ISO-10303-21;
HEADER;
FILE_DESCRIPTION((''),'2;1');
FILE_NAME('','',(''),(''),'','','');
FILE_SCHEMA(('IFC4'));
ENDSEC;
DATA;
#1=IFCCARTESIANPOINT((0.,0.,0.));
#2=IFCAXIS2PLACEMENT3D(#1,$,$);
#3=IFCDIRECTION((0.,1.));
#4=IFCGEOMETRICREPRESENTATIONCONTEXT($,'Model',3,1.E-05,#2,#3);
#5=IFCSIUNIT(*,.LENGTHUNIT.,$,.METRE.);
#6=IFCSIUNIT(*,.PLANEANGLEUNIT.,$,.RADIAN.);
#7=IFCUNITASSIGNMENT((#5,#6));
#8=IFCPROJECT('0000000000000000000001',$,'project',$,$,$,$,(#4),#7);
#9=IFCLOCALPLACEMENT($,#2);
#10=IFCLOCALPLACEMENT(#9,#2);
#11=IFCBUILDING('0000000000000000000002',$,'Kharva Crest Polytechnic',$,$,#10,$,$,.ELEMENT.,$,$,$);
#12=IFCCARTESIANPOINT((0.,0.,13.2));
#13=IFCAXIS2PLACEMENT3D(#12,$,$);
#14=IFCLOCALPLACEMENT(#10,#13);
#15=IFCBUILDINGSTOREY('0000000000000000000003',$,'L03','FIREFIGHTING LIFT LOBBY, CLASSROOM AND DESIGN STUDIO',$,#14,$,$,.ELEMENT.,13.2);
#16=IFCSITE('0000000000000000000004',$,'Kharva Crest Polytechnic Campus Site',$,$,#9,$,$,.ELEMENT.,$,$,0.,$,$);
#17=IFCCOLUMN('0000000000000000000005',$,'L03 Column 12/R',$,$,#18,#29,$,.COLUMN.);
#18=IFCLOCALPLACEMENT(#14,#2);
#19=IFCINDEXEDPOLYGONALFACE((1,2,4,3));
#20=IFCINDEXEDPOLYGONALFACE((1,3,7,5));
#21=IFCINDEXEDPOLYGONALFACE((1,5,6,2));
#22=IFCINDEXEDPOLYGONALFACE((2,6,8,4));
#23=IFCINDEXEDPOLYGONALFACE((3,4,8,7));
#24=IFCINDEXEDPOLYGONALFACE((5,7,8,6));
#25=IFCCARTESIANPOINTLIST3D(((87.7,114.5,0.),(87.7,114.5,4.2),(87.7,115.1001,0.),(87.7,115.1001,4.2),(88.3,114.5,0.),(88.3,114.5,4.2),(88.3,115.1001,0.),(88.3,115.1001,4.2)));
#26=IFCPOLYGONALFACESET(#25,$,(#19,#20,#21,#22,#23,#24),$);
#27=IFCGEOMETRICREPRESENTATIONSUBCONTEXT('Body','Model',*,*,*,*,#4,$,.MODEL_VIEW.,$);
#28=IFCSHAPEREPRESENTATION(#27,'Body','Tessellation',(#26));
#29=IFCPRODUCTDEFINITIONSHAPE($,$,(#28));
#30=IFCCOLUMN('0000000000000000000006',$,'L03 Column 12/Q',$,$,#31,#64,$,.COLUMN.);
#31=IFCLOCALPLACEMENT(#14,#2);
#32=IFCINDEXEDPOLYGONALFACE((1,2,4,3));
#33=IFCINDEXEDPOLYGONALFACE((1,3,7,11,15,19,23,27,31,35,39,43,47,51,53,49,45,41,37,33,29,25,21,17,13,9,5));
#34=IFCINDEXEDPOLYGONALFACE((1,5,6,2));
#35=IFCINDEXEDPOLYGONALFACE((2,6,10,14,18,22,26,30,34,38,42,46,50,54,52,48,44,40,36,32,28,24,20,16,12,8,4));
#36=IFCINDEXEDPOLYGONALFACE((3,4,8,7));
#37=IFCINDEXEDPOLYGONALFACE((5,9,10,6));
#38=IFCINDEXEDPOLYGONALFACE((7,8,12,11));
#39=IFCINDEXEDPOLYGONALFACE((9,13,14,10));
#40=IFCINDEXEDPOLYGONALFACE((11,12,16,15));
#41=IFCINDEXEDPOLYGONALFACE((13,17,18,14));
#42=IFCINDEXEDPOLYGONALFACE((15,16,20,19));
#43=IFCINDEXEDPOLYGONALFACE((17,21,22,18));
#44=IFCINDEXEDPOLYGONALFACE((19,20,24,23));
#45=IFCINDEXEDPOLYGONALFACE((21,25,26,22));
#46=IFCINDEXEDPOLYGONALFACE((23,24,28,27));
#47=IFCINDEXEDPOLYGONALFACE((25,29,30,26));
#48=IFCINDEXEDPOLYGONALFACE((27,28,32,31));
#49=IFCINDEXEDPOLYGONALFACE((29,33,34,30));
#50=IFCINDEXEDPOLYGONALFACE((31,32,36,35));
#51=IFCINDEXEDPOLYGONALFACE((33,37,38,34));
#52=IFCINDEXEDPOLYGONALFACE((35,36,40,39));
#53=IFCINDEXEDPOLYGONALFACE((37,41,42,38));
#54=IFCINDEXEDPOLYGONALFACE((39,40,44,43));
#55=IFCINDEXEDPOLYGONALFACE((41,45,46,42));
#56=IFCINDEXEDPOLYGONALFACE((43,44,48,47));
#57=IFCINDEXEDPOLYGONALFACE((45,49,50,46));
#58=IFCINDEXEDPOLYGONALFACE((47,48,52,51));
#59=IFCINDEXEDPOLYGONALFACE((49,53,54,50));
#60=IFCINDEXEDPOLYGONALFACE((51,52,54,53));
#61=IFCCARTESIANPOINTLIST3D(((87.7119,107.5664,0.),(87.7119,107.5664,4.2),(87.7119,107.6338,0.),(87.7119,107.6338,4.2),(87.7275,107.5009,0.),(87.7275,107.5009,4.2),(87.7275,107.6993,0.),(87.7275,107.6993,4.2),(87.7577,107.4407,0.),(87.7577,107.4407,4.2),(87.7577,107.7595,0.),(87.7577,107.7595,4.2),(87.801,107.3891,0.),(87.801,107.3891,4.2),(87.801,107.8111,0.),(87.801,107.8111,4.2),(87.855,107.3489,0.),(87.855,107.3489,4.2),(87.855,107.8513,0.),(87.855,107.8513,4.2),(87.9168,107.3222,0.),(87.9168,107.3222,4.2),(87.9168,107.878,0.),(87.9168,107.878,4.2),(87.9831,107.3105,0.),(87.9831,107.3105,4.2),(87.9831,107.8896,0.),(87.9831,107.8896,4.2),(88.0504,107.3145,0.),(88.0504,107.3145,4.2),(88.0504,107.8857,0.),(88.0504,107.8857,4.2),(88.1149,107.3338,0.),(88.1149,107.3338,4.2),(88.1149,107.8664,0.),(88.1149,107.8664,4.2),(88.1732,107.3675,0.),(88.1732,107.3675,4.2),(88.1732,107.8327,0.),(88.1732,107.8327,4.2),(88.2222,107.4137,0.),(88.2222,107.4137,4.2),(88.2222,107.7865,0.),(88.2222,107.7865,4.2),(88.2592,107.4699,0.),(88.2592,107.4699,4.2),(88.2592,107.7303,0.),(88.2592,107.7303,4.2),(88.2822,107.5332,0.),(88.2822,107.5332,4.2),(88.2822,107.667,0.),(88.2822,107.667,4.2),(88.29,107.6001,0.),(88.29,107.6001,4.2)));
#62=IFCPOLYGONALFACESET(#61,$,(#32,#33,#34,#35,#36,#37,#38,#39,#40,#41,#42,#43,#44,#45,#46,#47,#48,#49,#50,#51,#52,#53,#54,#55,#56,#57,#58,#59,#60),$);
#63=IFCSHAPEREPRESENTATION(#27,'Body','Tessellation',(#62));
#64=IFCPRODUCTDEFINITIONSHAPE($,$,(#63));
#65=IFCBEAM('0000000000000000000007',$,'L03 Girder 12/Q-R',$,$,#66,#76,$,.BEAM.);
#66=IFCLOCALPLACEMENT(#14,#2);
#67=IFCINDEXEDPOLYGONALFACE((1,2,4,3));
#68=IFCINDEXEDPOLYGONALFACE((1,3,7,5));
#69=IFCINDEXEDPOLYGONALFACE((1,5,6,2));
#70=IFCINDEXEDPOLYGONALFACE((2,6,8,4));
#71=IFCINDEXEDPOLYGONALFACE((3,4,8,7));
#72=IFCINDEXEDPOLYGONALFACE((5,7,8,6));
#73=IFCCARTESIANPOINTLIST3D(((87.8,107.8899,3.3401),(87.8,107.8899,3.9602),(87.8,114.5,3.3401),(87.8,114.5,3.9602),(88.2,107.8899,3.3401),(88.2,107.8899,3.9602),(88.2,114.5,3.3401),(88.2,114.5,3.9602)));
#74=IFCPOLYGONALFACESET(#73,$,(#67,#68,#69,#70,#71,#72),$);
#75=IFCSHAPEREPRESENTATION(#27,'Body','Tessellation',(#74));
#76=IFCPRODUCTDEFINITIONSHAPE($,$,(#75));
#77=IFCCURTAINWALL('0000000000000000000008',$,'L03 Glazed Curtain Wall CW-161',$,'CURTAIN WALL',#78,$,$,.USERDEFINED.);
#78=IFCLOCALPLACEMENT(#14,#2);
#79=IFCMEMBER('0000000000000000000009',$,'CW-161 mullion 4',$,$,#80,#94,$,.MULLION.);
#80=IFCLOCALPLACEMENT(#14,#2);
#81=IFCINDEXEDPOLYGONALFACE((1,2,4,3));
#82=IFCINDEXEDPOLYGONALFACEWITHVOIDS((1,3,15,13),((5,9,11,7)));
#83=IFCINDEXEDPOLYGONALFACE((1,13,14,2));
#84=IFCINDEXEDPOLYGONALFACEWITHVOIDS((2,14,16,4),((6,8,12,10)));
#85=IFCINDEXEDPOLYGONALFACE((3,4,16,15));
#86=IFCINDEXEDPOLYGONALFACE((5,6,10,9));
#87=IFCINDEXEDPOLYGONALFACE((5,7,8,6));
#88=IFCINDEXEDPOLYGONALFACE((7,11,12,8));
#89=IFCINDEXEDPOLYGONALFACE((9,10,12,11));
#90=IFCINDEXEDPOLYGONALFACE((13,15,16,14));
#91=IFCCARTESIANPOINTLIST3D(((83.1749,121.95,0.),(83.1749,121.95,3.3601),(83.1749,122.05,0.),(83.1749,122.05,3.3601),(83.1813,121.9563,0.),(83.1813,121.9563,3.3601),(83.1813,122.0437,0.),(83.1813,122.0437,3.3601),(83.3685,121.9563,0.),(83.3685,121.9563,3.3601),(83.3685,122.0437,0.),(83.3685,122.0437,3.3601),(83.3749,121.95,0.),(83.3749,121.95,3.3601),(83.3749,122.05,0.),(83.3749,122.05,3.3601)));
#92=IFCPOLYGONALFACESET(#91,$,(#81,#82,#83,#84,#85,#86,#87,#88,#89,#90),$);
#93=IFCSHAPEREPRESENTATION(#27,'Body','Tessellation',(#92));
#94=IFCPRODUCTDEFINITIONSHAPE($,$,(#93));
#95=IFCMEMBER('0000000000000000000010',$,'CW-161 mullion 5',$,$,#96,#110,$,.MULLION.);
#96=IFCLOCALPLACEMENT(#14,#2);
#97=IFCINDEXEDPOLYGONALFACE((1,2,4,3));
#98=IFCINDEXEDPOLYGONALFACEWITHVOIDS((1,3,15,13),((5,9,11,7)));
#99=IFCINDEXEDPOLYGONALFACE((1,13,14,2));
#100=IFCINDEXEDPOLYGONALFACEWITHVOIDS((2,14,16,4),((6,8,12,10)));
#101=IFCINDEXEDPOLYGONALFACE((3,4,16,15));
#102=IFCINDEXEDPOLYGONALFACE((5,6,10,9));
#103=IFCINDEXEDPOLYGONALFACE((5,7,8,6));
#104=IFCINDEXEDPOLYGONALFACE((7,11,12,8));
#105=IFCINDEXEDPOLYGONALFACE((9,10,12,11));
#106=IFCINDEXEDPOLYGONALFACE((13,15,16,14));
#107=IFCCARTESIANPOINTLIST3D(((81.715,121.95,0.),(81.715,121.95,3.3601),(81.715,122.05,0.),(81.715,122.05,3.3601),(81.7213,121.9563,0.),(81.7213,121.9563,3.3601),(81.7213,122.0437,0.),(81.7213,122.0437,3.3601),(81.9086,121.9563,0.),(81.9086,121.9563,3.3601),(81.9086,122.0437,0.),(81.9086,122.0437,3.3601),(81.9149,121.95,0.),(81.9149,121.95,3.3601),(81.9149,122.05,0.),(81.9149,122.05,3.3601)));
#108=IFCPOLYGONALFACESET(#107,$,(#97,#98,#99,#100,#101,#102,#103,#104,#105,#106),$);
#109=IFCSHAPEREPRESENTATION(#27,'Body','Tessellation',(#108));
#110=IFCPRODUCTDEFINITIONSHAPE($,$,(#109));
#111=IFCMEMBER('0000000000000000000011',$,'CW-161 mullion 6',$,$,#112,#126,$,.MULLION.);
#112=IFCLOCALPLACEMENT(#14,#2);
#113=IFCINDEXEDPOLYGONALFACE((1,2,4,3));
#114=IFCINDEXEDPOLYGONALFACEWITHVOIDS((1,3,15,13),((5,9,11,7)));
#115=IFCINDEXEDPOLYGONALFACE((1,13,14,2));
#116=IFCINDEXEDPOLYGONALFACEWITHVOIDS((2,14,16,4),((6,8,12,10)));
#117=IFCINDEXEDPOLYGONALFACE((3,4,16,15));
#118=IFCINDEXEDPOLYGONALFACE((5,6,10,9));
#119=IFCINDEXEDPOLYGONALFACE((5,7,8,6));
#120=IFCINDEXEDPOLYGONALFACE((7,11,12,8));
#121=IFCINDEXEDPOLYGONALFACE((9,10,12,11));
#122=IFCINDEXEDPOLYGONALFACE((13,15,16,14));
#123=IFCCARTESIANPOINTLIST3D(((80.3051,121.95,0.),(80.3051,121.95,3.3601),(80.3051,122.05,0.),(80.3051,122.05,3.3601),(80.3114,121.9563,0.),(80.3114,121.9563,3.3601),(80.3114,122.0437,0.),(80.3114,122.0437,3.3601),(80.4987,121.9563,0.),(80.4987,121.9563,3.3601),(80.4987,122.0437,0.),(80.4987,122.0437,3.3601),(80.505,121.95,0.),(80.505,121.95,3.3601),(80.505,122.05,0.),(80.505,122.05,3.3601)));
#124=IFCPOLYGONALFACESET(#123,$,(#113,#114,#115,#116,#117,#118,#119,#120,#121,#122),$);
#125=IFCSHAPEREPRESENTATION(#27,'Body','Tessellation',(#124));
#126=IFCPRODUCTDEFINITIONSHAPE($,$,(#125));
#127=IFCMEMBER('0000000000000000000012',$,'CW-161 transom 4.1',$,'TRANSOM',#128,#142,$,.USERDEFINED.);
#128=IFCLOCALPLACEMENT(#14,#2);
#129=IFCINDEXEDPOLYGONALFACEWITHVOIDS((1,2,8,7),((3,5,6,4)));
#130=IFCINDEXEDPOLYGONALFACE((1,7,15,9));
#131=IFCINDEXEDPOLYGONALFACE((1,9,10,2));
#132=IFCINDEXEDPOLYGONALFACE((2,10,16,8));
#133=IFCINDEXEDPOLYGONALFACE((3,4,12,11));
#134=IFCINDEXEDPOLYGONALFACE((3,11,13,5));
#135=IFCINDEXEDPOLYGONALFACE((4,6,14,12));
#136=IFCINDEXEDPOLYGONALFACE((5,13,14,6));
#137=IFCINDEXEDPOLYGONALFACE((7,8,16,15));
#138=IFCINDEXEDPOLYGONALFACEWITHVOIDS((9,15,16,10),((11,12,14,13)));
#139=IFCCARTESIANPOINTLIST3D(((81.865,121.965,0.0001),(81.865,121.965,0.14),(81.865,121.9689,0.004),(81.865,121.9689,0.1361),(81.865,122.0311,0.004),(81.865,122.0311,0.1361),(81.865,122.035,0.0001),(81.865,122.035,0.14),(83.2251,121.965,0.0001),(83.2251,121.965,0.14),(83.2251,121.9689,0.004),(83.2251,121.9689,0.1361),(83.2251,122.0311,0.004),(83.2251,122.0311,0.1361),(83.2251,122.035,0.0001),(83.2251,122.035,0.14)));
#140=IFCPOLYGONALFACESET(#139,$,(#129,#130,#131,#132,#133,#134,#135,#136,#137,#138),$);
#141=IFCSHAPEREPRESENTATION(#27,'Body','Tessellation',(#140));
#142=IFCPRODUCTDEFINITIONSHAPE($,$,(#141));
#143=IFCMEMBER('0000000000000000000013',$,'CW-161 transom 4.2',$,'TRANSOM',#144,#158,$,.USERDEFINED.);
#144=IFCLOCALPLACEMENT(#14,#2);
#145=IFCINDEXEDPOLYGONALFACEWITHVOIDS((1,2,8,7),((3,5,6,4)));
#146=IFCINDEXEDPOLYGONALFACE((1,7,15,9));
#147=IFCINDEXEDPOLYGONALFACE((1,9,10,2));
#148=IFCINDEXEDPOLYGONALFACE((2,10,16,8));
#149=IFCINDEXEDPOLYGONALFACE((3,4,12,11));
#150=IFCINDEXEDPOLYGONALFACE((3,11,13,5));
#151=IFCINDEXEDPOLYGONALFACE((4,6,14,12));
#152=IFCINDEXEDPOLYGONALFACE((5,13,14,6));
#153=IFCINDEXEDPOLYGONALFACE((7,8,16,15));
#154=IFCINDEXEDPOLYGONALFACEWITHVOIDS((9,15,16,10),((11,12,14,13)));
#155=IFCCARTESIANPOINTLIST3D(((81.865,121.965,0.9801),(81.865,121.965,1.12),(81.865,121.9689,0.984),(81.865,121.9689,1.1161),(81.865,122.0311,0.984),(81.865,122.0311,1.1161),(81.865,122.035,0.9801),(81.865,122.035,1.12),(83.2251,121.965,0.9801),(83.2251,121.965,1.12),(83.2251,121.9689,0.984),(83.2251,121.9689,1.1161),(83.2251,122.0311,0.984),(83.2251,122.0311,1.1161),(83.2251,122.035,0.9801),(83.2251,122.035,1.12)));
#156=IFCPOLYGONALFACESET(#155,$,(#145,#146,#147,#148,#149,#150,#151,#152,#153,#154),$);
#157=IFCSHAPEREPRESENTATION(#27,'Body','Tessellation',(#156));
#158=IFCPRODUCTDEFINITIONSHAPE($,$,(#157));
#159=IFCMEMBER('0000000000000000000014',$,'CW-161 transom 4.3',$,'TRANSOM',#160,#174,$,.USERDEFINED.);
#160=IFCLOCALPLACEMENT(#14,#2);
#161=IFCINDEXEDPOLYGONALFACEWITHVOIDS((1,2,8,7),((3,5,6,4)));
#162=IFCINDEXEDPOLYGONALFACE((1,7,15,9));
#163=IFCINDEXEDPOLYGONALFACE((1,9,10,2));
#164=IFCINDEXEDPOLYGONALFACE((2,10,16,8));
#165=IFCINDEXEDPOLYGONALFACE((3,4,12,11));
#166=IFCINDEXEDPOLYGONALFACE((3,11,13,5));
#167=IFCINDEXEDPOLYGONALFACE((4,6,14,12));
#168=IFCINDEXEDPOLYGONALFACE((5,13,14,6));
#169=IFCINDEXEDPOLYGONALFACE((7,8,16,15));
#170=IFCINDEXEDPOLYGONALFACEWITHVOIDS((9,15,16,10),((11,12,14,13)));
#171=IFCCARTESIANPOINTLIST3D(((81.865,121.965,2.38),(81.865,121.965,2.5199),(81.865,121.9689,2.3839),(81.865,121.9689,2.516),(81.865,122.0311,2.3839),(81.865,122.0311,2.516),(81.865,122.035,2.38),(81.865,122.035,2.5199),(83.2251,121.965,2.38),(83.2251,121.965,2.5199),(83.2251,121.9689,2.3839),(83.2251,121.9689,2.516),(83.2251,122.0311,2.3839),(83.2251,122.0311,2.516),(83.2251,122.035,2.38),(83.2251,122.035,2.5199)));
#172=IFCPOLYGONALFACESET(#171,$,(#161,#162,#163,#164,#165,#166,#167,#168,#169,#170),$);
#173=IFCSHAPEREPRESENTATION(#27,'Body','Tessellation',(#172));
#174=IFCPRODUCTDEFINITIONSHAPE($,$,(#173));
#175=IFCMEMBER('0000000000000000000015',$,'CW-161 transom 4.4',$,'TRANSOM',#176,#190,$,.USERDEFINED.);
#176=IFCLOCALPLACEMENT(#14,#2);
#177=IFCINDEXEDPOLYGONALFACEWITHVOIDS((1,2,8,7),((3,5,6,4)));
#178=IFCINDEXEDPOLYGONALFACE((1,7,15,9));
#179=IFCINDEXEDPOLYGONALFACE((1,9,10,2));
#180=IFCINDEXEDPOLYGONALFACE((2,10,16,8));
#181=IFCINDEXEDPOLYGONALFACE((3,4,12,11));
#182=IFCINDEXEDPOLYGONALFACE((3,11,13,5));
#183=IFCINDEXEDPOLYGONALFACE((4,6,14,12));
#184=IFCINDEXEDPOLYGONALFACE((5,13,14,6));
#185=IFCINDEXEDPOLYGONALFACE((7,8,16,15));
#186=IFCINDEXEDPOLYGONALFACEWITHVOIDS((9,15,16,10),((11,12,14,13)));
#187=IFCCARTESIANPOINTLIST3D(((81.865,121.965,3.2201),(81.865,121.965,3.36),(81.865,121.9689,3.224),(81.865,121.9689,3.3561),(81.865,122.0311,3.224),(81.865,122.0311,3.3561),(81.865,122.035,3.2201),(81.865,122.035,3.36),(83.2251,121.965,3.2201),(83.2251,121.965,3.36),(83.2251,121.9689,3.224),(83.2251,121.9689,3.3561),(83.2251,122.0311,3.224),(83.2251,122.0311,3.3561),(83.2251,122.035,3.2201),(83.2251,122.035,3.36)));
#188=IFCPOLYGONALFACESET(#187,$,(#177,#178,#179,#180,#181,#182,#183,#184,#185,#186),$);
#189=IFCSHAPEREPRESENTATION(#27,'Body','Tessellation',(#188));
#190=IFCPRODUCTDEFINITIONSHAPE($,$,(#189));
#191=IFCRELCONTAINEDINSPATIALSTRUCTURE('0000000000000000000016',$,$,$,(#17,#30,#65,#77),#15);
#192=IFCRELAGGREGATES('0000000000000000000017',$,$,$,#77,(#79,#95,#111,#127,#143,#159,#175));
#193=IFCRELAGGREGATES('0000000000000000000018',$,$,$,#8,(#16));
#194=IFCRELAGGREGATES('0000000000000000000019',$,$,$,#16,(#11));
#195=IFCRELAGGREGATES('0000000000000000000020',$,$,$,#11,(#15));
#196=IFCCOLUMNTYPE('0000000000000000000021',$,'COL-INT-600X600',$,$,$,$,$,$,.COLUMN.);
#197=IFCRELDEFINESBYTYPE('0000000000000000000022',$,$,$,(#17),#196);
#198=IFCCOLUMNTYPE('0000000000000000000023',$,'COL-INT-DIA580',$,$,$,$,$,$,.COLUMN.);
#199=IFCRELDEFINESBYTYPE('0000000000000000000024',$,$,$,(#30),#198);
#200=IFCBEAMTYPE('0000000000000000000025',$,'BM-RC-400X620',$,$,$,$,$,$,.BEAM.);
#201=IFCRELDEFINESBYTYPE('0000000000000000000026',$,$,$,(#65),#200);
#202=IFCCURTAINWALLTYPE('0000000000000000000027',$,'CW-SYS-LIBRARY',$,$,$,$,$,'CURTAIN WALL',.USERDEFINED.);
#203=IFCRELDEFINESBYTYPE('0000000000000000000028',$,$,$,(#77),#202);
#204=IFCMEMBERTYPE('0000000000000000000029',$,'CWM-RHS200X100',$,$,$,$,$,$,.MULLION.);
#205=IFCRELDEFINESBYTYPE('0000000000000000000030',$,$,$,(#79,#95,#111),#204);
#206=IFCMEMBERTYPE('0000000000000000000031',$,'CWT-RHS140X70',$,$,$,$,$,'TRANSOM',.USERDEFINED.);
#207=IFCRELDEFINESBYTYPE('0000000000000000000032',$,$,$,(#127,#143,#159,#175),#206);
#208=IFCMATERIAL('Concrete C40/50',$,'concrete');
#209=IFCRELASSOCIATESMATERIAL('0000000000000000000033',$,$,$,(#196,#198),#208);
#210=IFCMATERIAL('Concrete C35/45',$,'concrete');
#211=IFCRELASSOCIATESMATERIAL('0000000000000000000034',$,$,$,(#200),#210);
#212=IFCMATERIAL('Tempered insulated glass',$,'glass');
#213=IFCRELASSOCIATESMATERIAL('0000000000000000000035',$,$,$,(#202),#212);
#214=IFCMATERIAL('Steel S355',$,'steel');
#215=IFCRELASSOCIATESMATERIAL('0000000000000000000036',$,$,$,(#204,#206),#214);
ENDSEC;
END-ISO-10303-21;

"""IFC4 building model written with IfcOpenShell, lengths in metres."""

from ifc_helpers import new_model, si_unit, direction, frame, origin, origin_2d, place, context, subcontext, project, spatial, rectangle, hollow_rectangle, circle, extrude, material, material_profile, profile_set, type_object, element, aggregate, save


model = new_model("IFC4")

# Units and contexts
model_context = context("Model", 3, precision=1e-05, world=origin(), true_north=direction((0.0, 1.0)))
body_context = subcontext(model_context, "Body", "Model", "MODEL_VIEW")
ifc_project = project(units=[si_unit("LENGTHUNIT", "METRE"), si_unit("PLANEANGLEUNIT", "RADIAN")], contexts=[model_context])

# Site, building, storey
site_placement = place(None, origin())
site = spatial("IfcSite", under=ifc_project, at=site_placement, Name="Kharva Crest Polytechnic Campus Site", CompositionType="ELEMENT", RefElevation=0.0)
building_placement = place(site_placement, origin())
building = spatial("IfcBuilding", under=site, at=building_placement, Name="Kharva Crest Polytechnic", CompositionType="ELEMENT")
storey_placement = place(building_placement, frame((0.0, 0.0, 13.2)))
storey = spatial("IfcBuildingStorey", under=building, at=storey_placement, Name="L03", Description="FIREFIGHTING LIFT LOBBY, CLASSROOM AND DESIGN STUDIO", CompositionType="ELEMENT", Elevation=13.2)

# Columns
ifc_material_1 = material(Name="Concrete C40/50", Category="concrete")
ifc_material_profile_1 = material_profile(ifc_material_1, rectangle(XDim=0.6001, YDim=0.6001, at=origin_2d()), Name="RECT 600 X 600")
ifc_profile_set_1 = profile_set([ifc_material_profile_1], Name="Concrete C40/50")
column_type_1 = type_object("IfcColumnType", Name="COL-INT-600X600", PredefinedType="COLUMN", material=ifc_profile_set_1)
column_1_placement = place(storey_placement, frame((88.0, 114.8, 0.0), z_axis=(0.0, 0.0, 1.0), x_axis=(1.0, 0.0, 0.0)))
element("IfcColumn", 1, at=column_1_placement, inside=storey, type_object=column_type_1, Name="L03 Column 12/R", PredefinedType="COLUMN", context=body_context, shape_type="SweptSolid", body=[
    extrude(rectangle(XDim=0.6001, YDim=0.6001, at=origin_2d()), origin(), (0.0, 0.0, 1.0), 4.2),
])
ifc_material_profile_2 = material_profile(ifc_material_1, circle(Radius=0.29, at=origin_2d()), Name="DIA 580")
ifc_profile_set_2 = profile_set([ifc_material_profile_2], Name="Concrete C40/50")
column_type_2 = type_object("IfcColumnType", Name="COL-INT-DIA580", PredefinedType="COLUMN", material=ifc_profile_set_2)
column_2_placement = place(storey_placement, frame((88.0, 107.6001, 0.0), z_axis=(0.0, 0.0, 1.0), x_axis=(1.0, 0.0, 0.0)))
element("IfcColumn", 2, at=column_2_placement, inside=storey, type_object=column_type_2, Name="L03 Column 12/Q", PredefinedType="COLUMN", context=body_context, shape_type="SweptSolid", body=[
    extrude(circle(Radius=0.29, at=origin_2d()), origin(), (0.0, 0.0, 1.0), 4.2),
])

# Beam
ifc_material_2 = material(Name="Concrete C35/45", Category="concrete")
ifc_material_profile_3 = material_profile(ifc_material_2, rectangle(XDim=0.3999, YDim=0.6201, at=origin_2d()), Name="RECT 400 X 620")
ifc_profile_set_3 = profile_set([ifc_material_profile_3], Name="Concrete C35/45")
beam_type = type_object("IfcBeamType", Name="BM-RC-400X620", PredefinedType="BEAM", material=ifc_profile_set_3)
beam_placement = place(storey_placement, frame((88.0, 107.8899, 3.6501), z_axis=(0.0, 1.0, 0.0), x_axis=(-1.0, 0.0, 0.0)))
element("IfcBeam", 3, at=beam_placement, inside=storey, type_object=beam_type, Name="L03 Girder 12/Q-R", PredefinedType="BEAM", context=body_context, shape_type="SweptSolid", body=[
    extrude(rectangle(XDim=0.3999, YDim=0.6201, at=origin_2d()), origin(), (0.0, 0.0, 1.0), 6.6101),
])

# Curtain wall, members
ifc_material_3 = material(Name="Tempered insulated glass", Category="glass")
curtain_wall_type = type_object("IfcCurtainWallType", Name="CW-SYS-LIBRARY", ElementType="CURTAIN WALL", PredefinedType="USERDEFINED", material=ifc_material_3)
curtain_wall_placement = place(storey_placement, origin())
curtain_wall = element("IfcCurtainWall", 4, at=curtain_wall_placement, inside=storey, type_object=curtain_wall_type, Name="L03 Glazed Curtain Wall CW-161", ObjectType="CURTAIN WALL", PredefinedType="USERDEFINED")
ifc_material_4 = material(Name="Steel S355", Category="steel")
ifc_material_profile_4 = material_profile(ifc_material_4, hollow_rectangle(XDim=0.1001, YDim=0.2, WallThickness=0.0063, at=origin_2d()), Name="RHS 200X100X6.3")
ifc_profile_set_4 = profile_set([ifc_material_profile_4], Name="Steel S355")
member_type_1 = type_object("IfcMemberType", Name="CWM-RHS200X100", PredefinedType="MULLION", material=ifc_profile_set_4)
member_1_placement = place(storey_placement, frame((83.2749, 122.0, 0.0), z_axis=(0.0, 0.0, 1.0), x_axis=(0.0, -1.0, 0.0)))
member_1 = element("IfcMember", 5, at=member_1_placement, type_object=member_type_1, Name="CW-161 mullion 4", PredefinedType="MULLION", context=body_context, shape_type="SweptSolid", body=[
    extrude(hollow_rectangle(XDim=0.1001, YDim=0.2, WallThickness=0.0063, at=origin_2d()), origin(), (0.0, 0.0, 1.0), 3.3601),
])
member_2_placement = place(storey_placement, frame((81.8149, 122.0, 0.0), z_axis=(0.0, 0.0, 1.0), x_axis=(0.0, -1.0, 0.0)))
member_2 = element("IfcMember", 6, at=member_2_placement, type_object=member_type_1, Name="CW-161 mullion 5", PredefinedType="MULLION", context=body_context, shape_type="SweptSolid", body=[
    extrude(hollow_rectangle(XDim=0.1001, YDim=0.2, WallThickness=0.0063, at=origin_2d()), origin(), (0.0, 0.0, 1.0), 3.3601),
])
member_3_placement = place(storey_placement, frame((80.405, 122.0, 0.0), z_axis=(0.0, 0.0, 1.0), x_axis=(0.0, -1.0, 0.0)))
member_3 = element("IfcMember", 7, at=member_3_placement, type_object=member_type_1, Name="CW-161 mullion 6", PredefinedType="MULLION", context=body_context, shape_type="SweptSolid", body=[
    extrude(hollow_rectangle(XDim=0.1001, YDim=0.2, WallThickness=0.0063, at=origin_2d()), origin(), (0.0, 0.0, 1.0), 3.3601),
])
ifc_material_profile_5 = material_profile(ifc_material_4, hollow_rectangle(XDim=0.0701, YDim=0.1399, WallThickness=0.0039, at=origin_2d()), Name="RHS 140X70X4.0")
ifc_profile_set_5 = profile_set([ifc_material_profile_5], Name="Steel S355")
member_type_2 = type_object("IfcMemberType", Name="CWT-RHS140X70", ElementType="TRANSOM", PredefinedType="USERDEFINED", material=ifc_profile_set_5)
member_4_placement = place(storey_placement, frame((83.2251, 122.0, 0.0701), z_axis=(-1.0, 0.0, 0.0), x_axis=(0.0, -1.0, 0.0)))
member_4 = element("IfcMember", 8, at=member_4_placement, type_object=member_type_2, Name="CW-161 transom 4.1", ObjectType="TRANSOM", PredefinedType="USERDEFINED", context=body_context, shape_type="SweptSolid", body=[
    extrude(hollow_rectangle(XDim=0.0701, YDim=0.1399, WallThickness=0.0039, at=origin_2d()), origin(), (0.0, 0.0, 1.0), 1.3601),
])
member_5_placement = place(storey_placement, frame((83.2251, 122.0, 1.05), z_axis=(-1.0, 0.0, 0.0), x_axis=(0.0, -1.0, 0.0)))
member_5 = element("IfcMember", 9, at=member_5_placement, type_object=member_type_2, Name="CW-161 transom 4.2", ObjectType="TRANSOM", PredefinedType="USERDEFINED", context=body_context, shape_type="SweptSolid", body=[
    extrude(hollow_rectangle(XDim=0.0701, YDim=0.1399, WallThickness=0.0039, at=origin_2d()), origin(), (0.0, 0.0, 1.0), 1.3601),
])
member_6_placement = place(storey_placement, frame((83.2251, 122.0, 2.45), z_axis=(-1.0, 0.0, 0.0), x_axis=(0.0, -1.0, 0.0)))
member_6 = element("IfcMember", 10, at=member_6_placement, type_object=member_type_2, Name="CW-161 transom 4.3", ObjectType="TRANSOM", PredefinedType="USERDEFINED", context=body_context, shape_type="SweptSolid", body=[
    extrude(hollow_rectangle(XDim=0.0701, YDim=0.1399, WallThickness=0.0039, at=origin_2d()), origin(), (0.0, 0.0, 1.0), 1.3601),
])
member_7_placement = place(storey_placement, frame((83.2251, 122.0, 3.29), z_axis=(-1.0, 0.0, 0.0), x_axis=(0.0, -1.0, 0.0)))
member_7 = element("IfcMember", 11, at=member_7_placement, type_object=member_type_2, Name="CW-161 transom 4.4", ObjectType="TRANSOM", PredefinedType="USERDEFINED", context=body_context, shape_type="SweptSolid", body=[
    extrude(hollow_rectangle(XDim=0.0701, YDim=0.1399, WallThickness=0.0039, at=origin_2d()), origin(), (0.0, 0.0, 1.0), 1.3601),
])
aggregate(curtain_wall, [member_1, member_2, member_3, member_4, member_5, member_6, member_7])

save(model, "model.ifc")
